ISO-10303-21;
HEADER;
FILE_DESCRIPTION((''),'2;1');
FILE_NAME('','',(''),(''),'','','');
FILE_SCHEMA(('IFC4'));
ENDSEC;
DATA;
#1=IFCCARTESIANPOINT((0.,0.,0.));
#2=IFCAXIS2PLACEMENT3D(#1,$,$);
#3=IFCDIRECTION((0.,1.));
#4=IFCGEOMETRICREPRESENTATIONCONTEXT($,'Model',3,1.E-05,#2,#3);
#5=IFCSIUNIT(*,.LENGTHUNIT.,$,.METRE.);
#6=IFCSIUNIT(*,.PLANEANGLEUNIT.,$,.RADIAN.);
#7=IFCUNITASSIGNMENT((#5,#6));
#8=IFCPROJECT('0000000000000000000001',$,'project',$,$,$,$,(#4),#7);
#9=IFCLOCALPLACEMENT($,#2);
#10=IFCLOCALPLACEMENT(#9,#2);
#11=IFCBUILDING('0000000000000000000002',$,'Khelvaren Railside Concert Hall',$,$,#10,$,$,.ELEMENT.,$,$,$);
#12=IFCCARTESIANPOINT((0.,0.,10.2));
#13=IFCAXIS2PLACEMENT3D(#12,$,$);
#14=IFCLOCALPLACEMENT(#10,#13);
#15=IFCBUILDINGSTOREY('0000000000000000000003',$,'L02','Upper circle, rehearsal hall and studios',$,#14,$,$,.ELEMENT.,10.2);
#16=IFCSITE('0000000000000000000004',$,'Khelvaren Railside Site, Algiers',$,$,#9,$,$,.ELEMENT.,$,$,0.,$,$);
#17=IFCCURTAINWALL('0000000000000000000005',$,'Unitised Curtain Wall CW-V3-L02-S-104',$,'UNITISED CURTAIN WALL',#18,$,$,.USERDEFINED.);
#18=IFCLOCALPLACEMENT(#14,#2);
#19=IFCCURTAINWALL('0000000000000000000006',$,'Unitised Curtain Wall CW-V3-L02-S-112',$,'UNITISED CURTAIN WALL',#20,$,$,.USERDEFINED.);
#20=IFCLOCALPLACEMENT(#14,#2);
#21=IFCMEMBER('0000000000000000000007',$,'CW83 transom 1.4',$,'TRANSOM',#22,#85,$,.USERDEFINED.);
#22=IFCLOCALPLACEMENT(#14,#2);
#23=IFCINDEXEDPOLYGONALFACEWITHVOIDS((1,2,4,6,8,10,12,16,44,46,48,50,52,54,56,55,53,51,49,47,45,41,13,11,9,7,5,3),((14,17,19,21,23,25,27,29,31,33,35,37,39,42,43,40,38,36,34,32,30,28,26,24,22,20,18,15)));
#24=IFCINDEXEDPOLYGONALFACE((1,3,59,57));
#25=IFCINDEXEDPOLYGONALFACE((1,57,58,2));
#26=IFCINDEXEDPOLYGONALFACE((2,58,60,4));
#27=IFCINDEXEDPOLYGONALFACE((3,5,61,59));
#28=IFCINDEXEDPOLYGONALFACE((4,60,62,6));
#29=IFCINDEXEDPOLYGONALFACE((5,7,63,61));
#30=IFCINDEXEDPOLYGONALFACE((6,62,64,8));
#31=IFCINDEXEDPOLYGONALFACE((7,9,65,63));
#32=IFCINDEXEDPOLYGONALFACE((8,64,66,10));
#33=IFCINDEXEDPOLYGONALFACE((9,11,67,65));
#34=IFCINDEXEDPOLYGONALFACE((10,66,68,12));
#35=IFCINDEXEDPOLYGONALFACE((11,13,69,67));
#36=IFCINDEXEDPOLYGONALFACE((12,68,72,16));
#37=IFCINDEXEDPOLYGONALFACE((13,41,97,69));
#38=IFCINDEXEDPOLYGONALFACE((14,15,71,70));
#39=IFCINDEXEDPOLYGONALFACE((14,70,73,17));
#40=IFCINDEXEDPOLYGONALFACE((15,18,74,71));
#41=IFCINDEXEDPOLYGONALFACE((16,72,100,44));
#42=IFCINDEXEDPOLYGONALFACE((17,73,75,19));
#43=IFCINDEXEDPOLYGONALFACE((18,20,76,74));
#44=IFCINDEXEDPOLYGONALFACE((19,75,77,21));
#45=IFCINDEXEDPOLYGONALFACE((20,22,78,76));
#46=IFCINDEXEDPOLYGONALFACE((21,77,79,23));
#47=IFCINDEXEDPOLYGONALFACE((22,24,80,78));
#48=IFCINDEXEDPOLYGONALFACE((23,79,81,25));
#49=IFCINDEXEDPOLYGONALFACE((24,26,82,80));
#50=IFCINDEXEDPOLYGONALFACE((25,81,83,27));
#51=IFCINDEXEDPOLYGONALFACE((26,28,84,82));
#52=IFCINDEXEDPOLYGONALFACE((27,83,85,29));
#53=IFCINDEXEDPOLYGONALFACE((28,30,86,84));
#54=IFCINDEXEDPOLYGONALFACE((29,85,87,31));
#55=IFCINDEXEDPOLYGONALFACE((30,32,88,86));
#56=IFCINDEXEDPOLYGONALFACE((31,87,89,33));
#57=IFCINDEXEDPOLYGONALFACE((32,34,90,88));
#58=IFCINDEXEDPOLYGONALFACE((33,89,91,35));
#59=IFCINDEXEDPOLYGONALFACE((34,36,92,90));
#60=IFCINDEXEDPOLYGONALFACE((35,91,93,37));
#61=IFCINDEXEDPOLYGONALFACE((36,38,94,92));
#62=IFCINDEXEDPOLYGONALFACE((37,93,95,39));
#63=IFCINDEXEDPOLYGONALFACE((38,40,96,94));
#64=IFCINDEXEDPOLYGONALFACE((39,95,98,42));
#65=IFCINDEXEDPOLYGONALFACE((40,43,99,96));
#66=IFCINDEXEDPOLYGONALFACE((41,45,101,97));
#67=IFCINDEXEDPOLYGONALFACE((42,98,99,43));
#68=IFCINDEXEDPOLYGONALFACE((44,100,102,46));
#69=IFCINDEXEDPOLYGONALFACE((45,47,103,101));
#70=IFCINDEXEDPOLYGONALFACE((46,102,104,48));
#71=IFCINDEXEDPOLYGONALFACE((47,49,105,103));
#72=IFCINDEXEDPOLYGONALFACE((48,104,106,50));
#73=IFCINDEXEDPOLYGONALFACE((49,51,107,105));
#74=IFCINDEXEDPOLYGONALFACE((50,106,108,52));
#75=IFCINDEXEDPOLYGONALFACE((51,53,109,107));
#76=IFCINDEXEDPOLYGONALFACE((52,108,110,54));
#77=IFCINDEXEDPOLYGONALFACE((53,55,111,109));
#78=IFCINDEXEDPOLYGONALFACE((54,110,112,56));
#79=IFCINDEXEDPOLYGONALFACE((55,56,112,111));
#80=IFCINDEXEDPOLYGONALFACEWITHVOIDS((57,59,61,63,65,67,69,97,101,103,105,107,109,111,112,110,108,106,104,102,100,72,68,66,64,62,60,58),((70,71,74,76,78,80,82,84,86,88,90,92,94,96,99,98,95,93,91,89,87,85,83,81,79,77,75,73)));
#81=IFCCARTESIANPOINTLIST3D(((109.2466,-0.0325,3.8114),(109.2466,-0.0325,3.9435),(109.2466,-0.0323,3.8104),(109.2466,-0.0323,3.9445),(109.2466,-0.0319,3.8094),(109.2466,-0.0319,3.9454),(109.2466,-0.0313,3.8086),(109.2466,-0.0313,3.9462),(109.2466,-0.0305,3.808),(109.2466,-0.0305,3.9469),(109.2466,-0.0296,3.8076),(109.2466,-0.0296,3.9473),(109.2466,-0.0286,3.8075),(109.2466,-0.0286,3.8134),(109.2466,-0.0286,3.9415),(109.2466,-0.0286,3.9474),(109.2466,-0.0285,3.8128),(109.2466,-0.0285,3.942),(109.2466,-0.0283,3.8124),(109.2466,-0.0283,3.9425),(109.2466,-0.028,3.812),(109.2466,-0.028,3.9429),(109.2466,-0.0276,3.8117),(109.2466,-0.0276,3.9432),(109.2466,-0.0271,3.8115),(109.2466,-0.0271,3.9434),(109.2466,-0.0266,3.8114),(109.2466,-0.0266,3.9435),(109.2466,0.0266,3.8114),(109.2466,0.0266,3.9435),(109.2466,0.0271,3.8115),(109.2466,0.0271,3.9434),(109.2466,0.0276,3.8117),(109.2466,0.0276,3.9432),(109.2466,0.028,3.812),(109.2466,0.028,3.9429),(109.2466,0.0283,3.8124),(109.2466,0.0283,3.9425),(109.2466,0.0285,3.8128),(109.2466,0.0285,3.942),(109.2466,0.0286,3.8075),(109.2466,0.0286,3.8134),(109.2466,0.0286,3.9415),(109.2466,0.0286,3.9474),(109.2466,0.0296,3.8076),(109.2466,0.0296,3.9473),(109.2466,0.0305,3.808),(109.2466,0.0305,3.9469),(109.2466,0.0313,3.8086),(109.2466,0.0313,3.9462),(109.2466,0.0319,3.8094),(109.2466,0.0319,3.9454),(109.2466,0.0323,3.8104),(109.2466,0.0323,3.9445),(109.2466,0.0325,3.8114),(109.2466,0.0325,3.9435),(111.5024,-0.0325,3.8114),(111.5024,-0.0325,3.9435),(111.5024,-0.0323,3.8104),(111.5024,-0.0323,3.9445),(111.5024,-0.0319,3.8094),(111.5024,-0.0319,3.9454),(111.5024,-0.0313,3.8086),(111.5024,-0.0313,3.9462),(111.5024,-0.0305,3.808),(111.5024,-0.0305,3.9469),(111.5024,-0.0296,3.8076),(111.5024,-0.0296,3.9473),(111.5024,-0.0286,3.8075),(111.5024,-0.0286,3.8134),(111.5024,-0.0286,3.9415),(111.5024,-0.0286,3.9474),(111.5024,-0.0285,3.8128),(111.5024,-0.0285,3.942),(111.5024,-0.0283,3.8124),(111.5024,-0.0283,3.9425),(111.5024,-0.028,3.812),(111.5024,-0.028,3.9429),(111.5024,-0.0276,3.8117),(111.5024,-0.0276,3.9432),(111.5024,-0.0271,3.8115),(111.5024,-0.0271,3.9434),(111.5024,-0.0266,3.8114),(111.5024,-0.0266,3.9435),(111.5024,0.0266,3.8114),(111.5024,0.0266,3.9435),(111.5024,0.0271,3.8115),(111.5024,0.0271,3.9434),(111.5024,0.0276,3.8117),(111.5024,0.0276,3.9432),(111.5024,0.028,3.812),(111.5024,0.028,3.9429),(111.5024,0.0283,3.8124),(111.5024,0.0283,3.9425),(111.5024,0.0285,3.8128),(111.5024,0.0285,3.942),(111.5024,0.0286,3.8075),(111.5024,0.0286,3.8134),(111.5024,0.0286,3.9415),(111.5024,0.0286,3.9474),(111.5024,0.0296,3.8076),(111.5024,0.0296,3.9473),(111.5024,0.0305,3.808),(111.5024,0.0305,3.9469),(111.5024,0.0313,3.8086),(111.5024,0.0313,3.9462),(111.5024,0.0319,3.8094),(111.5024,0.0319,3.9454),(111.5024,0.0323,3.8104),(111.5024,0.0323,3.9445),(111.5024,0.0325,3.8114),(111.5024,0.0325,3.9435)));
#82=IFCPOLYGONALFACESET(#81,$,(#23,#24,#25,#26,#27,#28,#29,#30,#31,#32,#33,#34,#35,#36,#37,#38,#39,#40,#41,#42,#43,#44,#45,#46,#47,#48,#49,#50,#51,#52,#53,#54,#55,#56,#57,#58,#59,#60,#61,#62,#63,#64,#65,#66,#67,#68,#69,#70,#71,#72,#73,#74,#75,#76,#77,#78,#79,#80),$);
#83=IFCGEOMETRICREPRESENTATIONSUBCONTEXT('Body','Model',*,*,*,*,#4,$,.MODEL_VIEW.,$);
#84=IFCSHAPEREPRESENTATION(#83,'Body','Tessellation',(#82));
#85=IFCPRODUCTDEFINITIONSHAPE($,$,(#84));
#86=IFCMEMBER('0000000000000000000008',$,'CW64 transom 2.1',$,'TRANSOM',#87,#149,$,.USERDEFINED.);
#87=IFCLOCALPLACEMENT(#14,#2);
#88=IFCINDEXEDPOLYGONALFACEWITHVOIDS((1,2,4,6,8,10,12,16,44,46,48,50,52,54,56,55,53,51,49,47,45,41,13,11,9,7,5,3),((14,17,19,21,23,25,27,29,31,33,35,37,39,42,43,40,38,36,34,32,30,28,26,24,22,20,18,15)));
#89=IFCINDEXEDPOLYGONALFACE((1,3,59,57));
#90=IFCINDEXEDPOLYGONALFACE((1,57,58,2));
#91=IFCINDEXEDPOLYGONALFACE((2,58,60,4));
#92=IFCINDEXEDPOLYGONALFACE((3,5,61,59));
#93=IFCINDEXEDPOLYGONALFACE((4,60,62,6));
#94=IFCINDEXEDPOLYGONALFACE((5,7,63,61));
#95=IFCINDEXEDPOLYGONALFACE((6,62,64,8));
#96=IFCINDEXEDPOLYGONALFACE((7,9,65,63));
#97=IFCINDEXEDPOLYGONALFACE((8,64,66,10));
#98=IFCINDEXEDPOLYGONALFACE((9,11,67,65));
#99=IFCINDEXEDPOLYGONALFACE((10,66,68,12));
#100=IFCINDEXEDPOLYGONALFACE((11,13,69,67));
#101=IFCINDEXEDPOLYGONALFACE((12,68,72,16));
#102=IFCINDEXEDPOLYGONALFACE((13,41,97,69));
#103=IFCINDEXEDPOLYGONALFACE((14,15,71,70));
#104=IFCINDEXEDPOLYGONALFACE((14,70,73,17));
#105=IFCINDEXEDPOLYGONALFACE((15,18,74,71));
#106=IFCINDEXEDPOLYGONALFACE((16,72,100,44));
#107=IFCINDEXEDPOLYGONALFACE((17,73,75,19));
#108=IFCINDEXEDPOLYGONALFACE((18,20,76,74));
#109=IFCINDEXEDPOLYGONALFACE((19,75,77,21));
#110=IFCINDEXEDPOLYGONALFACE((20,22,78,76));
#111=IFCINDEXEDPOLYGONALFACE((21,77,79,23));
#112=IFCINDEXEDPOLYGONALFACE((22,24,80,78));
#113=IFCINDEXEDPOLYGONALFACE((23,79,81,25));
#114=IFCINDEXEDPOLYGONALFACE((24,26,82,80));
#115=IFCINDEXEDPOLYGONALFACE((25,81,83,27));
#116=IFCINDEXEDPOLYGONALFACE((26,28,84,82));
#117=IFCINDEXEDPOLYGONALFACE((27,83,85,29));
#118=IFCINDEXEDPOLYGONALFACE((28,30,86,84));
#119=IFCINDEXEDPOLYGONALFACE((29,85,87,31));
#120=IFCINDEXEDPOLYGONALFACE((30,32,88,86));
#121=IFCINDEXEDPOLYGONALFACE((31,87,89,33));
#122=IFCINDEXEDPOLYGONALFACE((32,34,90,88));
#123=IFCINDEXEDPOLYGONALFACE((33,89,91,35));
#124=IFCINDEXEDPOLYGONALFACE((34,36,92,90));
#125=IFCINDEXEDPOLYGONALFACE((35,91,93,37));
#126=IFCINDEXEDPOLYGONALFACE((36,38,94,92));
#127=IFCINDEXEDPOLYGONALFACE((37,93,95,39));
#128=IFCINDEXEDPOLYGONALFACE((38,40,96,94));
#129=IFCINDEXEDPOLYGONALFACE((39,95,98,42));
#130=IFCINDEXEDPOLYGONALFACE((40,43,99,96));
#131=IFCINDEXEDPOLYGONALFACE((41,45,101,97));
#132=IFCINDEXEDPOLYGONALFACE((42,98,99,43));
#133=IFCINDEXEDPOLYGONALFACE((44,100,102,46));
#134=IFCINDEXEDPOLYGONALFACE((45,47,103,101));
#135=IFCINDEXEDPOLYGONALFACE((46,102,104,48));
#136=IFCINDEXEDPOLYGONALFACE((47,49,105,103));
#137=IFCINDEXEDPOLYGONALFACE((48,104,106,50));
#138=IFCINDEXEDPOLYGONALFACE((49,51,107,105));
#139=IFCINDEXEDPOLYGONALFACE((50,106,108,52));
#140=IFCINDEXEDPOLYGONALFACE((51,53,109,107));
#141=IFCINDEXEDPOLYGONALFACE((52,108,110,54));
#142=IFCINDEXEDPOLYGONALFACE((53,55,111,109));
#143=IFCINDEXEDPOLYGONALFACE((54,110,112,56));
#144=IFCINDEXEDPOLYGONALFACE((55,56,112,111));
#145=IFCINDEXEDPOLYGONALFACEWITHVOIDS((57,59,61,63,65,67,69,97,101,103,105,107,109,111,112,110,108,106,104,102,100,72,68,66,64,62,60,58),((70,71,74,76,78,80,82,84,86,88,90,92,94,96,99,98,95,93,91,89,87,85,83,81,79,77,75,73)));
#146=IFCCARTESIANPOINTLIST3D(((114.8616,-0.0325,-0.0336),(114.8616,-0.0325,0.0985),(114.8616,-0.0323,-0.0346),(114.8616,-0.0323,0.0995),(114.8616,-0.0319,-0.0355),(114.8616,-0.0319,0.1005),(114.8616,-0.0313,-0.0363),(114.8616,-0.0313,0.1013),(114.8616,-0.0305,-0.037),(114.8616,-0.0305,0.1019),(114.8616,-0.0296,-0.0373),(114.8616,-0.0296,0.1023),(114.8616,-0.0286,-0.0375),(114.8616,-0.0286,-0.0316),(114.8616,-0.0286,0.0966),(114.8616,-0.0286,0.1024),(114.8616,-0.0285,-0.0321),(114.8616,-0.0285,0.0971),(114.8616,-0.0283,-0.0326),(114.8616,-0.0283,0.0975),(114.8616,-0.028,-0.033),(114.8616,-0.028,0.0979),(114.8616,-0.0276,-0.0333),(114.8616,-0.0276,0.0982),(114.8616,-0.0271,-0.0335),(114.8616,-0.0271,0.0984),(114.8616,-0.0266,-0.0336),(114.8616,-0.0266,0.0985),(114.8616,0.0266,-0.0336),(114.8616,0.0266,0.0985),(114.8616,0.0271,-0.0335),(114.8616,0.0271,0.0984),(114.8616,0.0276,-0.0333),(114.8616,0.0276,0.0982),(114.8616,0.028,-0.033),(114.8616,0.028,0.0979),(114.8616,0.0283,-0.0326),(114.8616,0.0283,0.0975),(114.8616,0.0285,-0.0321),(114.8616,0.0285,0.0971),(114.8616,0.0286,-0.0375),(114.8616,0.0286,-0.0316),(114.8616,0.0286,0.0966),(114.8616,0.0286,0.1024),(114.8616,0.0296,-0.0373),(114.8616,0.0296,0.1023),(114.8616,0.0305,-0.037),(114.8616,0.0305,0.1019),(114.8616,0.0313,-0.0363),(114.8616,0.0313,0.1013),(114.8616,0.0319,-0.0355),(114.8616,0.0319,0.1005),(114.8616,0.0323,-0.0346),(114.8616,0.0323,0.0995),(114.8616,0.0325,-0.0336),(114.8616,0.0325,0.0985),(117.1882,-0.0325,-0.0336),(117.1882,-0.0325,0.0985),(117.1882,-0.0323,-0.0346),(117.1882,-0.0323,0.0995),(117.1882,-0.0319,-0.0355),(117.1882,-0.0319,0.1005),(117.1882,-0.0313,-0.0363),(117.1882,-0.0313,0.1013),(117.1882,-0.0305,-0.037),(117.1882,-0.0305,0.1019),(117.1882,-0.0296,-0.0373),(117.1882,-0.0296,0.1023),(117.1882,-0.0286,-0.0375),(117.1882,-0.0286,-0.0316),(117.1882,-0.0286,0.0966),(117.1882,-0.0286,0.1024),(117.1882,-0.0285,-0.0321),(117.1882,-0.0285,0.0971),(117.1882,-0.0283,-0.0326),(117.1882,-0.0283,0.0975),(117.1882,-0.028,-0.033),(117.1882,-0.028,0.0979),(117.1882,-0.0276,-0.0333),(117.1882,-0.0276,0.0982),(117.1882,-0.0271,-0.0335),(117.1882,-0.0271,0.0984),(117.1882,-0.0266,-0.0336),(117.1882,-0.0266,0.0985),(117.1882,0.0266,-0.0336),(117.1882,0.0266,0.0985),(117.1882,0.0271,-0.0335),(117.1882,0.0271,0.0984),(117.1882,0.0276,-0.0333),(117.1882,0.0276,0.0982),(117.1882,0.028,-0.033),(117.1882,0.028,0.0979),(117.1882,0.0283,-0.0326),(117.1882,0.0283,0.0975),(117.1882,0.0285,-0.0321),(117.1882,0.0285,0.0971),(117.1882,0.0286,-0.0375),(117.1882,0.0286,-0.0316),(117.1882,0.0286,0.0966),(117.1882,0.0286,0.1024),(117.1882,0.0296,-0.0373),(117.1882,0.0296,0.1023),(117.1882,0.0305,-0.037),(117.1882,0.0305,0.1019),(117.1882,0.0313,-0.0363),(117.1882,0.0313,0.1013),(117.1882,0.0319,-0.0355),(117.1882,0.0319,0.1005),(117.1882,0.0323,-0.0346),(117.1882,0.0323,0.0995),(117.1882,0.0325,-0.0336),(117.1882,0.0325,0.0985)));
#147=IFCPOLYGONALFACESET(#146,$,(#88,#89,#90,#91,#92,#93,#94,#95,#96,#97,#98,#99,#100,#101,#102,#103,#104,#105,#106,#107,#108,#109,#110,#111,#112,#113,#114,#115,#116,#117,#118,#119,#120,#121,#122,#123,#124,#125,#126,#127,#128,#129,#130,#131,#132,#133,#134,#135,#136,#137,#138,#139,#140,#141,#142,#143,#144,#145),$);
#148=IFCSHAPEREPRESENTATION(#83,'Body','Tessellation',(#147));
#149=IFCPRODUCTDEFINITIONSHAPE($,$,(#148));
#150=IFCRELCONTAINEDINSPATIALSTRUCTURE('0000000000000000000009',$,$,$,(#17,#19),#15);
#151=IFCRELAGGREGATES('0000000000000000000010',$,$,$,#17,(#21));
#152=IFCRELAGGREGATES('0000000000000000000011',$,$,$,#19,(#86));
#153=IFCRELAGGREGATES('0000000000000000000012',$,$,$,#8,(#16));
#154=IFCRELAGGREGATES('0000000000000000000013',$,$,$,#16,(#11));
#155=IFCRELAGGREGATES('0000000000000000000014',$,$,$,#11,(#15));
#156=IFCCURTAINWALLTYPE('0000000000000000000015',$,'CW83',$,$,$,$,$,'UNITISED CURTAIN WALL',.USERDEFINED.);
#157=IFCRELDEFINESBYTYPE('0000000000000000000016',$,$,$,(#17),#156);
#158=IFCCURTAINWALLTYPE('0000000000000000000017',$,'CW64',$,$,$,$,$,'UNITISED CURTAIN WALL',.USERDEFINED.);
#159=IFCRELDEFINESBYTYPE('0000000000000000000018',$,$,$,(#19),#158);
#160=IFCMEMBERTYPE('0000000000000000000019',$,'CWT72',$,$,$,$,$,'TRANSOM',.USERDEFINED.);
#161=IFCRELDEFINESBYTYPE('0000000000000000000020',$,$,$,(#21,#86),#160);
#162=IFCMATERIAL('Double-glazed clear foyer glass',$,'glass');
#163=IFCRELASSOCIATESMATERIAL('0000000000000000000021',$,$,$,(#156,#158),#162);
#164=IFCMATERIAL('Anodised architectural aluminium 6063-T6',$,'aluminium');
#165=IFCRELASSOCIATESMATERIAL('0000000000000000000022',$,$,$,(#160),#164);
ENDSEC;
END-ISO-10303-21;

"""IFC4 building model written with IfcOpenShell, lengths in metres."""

from ifc_helpers import new_model, si_unit, direction, frame, origin, origin_2d, place, context, subcontext, project, spatial, hollow_rectangle, extrude, material, material_profile, profile_set, type_object, element, aggregate, save


model = new_model("IFC4")

# Units and contexts
model_context = context("Model", 3, precision=1e-05, world=origin(), true_north=direction((0.0, 1.0)))
body_context = subcontext(model_context, "Body", "Model", "MODEL_VIEW")
ifc_project = project(units=[si_unit("LENGTHUNIT", "METRE"), si_unit("PLANEANGLEUNIT", "RADIAN")], contexts=[model_context])

# Site, building, storey
site_placement = place(None, origin())
site = spatial("IfcSite", under=ifc_project, at=site_placement, Name="Khelvaren Railside Site, Algiers", CompositionType="ELEMENT", RefElevation=0.0)
building_placement = place(site_placement, origin())
building = spatial("IfcBuilding", under=site, at=building_placement, Name="Khelvaren Railside Concert Hall", CompositionType="ELEMENT")
storey_placement = place(building_placement, frame((0.0, 0.0, 10.2)))
storey = spatial("IfcBuildingStorey", under=building, at=storey_placement, Name="L02", Description="Upper circle, rehearsal hall and studios", CompositionType="ELEMENT", Elevation=10.2)

# Curtain wall
ifc_material_1 = material(Name="Double-glazed clear foyer glass", Category="glass")
curtain_wall_type_1 = type_object("IfcCurtainWallType", Name="CW83", ElementType="UNITISED CURTAIN WALL", PredefinedType="USERDEFINED", material=ifc_material_1)
curtain_wall_1_placement = place(storey_placement, origin())
curtain_wall_1 = element("IfcCurtainWall", 1, at=curtain_wall_1_placement, inside=storey, type_object=curtain_wall_type_1, Name="Unitised Curtain Wall CW-V3-L02-S-104", ObjectType="UNITISED CURTAIN WALL", PredefinedType="USERDEFINED")
ifc_material_2 = material(Name="Anodised architectural aluminium 6063-T6", Category="aluminium")

# Curtain wall
curtain_wall_type_2 = type_object("IfcCurtainWallType", Name="CW64", ElementType="UNITISED CURTAIN WALL", PredefinedType="USERDEFINED", material=ifc_material_1)
curtain_wall_2_placement = place(storey_placement, origin())
curtain_wall_2 = element("IfcCurtainWall", 2, at=curtain_wall_2_placement, inside=storey, type_object=curtain_wall_type_2, Name="Unitised Curtain Wall CW-V3-L02-S-112", ObjectType="UNITISED CURTAIN WALL", PredefinedType="USERDEFINED")

# Members
ifc_material_profile_1 = material_profile(ifc_material_2, hollow_rectangle(XDim=0.0649, YDim=0.1399, WallThickness=0.0039, InnerFilletRadius=0.002, OuterFilletRadius=0.0039, at=origin_2d()), Name="CWT 65x140x4")
ifc_profile_set_1 = profile_set([ifc_material_profile_1], Name="Anodised architectural aluminium 6063-T6")
member_type_1 = type_object("IfcMemberType", Name="CWT72", ElementType="TRANSOM", PredefinedType="USERDEFINED", material=ifc_profile_set_1)
member_1_placement = place(storey_placement, frame((111.5024, 0.0, 3.8774), z_axis=(-1.0, 0.0, 0.0), x_axis=(0.0, -1.0, 0.0)))
member_1 = element("IfcMember", 3, at=member_1_placement, type_object=member_type_1, Name="CW83 transom 1.4", ObjectType="TRANSOM", PredefinedType="USERDEFINED", context=body_context, shape_type="SweptSolid", body=[
    extrude(hollow_rectangle(XDim=0.0649, YDim=0.1399, WallThickness=0.0039, InnerFilletRadius=0.002, OuterFilletRadius=0.0039, at=origin_2d()), origin(), (0.0, 0.0, 1.0), 2.2559),
])
aggregate(curtain_wall_1, [member_1])
member_2_placement = place(storey_placement, frame((117.1882, 0.0, 0.0325), z_axis=(-1.0, 0.0, 0.0), x_axis=(0.0, -1.0, 0.0)))
member_2 = element("IfcMember", 4, at=member_2_placement, type_object=member_type_1, Name="CW64 transom 2.1", ObjectType="TRANSOM", PredefinedType="USERDEFINED", context=body_context, shape_type="SweptSolid", body=[
    extrude(hollow_rectangle(XDim=0.0649, YDim=0.1399, WallThickness=0.0039, InnerFilletRadius=0.002, OuterFilletRadius=0.0039, at=origin_2d()), origin(), (0.0, 0.0, 1.0), 2.3267),
])

aggregate(curtain_wall_2, [member_2])

save(model, "model.ifc")
